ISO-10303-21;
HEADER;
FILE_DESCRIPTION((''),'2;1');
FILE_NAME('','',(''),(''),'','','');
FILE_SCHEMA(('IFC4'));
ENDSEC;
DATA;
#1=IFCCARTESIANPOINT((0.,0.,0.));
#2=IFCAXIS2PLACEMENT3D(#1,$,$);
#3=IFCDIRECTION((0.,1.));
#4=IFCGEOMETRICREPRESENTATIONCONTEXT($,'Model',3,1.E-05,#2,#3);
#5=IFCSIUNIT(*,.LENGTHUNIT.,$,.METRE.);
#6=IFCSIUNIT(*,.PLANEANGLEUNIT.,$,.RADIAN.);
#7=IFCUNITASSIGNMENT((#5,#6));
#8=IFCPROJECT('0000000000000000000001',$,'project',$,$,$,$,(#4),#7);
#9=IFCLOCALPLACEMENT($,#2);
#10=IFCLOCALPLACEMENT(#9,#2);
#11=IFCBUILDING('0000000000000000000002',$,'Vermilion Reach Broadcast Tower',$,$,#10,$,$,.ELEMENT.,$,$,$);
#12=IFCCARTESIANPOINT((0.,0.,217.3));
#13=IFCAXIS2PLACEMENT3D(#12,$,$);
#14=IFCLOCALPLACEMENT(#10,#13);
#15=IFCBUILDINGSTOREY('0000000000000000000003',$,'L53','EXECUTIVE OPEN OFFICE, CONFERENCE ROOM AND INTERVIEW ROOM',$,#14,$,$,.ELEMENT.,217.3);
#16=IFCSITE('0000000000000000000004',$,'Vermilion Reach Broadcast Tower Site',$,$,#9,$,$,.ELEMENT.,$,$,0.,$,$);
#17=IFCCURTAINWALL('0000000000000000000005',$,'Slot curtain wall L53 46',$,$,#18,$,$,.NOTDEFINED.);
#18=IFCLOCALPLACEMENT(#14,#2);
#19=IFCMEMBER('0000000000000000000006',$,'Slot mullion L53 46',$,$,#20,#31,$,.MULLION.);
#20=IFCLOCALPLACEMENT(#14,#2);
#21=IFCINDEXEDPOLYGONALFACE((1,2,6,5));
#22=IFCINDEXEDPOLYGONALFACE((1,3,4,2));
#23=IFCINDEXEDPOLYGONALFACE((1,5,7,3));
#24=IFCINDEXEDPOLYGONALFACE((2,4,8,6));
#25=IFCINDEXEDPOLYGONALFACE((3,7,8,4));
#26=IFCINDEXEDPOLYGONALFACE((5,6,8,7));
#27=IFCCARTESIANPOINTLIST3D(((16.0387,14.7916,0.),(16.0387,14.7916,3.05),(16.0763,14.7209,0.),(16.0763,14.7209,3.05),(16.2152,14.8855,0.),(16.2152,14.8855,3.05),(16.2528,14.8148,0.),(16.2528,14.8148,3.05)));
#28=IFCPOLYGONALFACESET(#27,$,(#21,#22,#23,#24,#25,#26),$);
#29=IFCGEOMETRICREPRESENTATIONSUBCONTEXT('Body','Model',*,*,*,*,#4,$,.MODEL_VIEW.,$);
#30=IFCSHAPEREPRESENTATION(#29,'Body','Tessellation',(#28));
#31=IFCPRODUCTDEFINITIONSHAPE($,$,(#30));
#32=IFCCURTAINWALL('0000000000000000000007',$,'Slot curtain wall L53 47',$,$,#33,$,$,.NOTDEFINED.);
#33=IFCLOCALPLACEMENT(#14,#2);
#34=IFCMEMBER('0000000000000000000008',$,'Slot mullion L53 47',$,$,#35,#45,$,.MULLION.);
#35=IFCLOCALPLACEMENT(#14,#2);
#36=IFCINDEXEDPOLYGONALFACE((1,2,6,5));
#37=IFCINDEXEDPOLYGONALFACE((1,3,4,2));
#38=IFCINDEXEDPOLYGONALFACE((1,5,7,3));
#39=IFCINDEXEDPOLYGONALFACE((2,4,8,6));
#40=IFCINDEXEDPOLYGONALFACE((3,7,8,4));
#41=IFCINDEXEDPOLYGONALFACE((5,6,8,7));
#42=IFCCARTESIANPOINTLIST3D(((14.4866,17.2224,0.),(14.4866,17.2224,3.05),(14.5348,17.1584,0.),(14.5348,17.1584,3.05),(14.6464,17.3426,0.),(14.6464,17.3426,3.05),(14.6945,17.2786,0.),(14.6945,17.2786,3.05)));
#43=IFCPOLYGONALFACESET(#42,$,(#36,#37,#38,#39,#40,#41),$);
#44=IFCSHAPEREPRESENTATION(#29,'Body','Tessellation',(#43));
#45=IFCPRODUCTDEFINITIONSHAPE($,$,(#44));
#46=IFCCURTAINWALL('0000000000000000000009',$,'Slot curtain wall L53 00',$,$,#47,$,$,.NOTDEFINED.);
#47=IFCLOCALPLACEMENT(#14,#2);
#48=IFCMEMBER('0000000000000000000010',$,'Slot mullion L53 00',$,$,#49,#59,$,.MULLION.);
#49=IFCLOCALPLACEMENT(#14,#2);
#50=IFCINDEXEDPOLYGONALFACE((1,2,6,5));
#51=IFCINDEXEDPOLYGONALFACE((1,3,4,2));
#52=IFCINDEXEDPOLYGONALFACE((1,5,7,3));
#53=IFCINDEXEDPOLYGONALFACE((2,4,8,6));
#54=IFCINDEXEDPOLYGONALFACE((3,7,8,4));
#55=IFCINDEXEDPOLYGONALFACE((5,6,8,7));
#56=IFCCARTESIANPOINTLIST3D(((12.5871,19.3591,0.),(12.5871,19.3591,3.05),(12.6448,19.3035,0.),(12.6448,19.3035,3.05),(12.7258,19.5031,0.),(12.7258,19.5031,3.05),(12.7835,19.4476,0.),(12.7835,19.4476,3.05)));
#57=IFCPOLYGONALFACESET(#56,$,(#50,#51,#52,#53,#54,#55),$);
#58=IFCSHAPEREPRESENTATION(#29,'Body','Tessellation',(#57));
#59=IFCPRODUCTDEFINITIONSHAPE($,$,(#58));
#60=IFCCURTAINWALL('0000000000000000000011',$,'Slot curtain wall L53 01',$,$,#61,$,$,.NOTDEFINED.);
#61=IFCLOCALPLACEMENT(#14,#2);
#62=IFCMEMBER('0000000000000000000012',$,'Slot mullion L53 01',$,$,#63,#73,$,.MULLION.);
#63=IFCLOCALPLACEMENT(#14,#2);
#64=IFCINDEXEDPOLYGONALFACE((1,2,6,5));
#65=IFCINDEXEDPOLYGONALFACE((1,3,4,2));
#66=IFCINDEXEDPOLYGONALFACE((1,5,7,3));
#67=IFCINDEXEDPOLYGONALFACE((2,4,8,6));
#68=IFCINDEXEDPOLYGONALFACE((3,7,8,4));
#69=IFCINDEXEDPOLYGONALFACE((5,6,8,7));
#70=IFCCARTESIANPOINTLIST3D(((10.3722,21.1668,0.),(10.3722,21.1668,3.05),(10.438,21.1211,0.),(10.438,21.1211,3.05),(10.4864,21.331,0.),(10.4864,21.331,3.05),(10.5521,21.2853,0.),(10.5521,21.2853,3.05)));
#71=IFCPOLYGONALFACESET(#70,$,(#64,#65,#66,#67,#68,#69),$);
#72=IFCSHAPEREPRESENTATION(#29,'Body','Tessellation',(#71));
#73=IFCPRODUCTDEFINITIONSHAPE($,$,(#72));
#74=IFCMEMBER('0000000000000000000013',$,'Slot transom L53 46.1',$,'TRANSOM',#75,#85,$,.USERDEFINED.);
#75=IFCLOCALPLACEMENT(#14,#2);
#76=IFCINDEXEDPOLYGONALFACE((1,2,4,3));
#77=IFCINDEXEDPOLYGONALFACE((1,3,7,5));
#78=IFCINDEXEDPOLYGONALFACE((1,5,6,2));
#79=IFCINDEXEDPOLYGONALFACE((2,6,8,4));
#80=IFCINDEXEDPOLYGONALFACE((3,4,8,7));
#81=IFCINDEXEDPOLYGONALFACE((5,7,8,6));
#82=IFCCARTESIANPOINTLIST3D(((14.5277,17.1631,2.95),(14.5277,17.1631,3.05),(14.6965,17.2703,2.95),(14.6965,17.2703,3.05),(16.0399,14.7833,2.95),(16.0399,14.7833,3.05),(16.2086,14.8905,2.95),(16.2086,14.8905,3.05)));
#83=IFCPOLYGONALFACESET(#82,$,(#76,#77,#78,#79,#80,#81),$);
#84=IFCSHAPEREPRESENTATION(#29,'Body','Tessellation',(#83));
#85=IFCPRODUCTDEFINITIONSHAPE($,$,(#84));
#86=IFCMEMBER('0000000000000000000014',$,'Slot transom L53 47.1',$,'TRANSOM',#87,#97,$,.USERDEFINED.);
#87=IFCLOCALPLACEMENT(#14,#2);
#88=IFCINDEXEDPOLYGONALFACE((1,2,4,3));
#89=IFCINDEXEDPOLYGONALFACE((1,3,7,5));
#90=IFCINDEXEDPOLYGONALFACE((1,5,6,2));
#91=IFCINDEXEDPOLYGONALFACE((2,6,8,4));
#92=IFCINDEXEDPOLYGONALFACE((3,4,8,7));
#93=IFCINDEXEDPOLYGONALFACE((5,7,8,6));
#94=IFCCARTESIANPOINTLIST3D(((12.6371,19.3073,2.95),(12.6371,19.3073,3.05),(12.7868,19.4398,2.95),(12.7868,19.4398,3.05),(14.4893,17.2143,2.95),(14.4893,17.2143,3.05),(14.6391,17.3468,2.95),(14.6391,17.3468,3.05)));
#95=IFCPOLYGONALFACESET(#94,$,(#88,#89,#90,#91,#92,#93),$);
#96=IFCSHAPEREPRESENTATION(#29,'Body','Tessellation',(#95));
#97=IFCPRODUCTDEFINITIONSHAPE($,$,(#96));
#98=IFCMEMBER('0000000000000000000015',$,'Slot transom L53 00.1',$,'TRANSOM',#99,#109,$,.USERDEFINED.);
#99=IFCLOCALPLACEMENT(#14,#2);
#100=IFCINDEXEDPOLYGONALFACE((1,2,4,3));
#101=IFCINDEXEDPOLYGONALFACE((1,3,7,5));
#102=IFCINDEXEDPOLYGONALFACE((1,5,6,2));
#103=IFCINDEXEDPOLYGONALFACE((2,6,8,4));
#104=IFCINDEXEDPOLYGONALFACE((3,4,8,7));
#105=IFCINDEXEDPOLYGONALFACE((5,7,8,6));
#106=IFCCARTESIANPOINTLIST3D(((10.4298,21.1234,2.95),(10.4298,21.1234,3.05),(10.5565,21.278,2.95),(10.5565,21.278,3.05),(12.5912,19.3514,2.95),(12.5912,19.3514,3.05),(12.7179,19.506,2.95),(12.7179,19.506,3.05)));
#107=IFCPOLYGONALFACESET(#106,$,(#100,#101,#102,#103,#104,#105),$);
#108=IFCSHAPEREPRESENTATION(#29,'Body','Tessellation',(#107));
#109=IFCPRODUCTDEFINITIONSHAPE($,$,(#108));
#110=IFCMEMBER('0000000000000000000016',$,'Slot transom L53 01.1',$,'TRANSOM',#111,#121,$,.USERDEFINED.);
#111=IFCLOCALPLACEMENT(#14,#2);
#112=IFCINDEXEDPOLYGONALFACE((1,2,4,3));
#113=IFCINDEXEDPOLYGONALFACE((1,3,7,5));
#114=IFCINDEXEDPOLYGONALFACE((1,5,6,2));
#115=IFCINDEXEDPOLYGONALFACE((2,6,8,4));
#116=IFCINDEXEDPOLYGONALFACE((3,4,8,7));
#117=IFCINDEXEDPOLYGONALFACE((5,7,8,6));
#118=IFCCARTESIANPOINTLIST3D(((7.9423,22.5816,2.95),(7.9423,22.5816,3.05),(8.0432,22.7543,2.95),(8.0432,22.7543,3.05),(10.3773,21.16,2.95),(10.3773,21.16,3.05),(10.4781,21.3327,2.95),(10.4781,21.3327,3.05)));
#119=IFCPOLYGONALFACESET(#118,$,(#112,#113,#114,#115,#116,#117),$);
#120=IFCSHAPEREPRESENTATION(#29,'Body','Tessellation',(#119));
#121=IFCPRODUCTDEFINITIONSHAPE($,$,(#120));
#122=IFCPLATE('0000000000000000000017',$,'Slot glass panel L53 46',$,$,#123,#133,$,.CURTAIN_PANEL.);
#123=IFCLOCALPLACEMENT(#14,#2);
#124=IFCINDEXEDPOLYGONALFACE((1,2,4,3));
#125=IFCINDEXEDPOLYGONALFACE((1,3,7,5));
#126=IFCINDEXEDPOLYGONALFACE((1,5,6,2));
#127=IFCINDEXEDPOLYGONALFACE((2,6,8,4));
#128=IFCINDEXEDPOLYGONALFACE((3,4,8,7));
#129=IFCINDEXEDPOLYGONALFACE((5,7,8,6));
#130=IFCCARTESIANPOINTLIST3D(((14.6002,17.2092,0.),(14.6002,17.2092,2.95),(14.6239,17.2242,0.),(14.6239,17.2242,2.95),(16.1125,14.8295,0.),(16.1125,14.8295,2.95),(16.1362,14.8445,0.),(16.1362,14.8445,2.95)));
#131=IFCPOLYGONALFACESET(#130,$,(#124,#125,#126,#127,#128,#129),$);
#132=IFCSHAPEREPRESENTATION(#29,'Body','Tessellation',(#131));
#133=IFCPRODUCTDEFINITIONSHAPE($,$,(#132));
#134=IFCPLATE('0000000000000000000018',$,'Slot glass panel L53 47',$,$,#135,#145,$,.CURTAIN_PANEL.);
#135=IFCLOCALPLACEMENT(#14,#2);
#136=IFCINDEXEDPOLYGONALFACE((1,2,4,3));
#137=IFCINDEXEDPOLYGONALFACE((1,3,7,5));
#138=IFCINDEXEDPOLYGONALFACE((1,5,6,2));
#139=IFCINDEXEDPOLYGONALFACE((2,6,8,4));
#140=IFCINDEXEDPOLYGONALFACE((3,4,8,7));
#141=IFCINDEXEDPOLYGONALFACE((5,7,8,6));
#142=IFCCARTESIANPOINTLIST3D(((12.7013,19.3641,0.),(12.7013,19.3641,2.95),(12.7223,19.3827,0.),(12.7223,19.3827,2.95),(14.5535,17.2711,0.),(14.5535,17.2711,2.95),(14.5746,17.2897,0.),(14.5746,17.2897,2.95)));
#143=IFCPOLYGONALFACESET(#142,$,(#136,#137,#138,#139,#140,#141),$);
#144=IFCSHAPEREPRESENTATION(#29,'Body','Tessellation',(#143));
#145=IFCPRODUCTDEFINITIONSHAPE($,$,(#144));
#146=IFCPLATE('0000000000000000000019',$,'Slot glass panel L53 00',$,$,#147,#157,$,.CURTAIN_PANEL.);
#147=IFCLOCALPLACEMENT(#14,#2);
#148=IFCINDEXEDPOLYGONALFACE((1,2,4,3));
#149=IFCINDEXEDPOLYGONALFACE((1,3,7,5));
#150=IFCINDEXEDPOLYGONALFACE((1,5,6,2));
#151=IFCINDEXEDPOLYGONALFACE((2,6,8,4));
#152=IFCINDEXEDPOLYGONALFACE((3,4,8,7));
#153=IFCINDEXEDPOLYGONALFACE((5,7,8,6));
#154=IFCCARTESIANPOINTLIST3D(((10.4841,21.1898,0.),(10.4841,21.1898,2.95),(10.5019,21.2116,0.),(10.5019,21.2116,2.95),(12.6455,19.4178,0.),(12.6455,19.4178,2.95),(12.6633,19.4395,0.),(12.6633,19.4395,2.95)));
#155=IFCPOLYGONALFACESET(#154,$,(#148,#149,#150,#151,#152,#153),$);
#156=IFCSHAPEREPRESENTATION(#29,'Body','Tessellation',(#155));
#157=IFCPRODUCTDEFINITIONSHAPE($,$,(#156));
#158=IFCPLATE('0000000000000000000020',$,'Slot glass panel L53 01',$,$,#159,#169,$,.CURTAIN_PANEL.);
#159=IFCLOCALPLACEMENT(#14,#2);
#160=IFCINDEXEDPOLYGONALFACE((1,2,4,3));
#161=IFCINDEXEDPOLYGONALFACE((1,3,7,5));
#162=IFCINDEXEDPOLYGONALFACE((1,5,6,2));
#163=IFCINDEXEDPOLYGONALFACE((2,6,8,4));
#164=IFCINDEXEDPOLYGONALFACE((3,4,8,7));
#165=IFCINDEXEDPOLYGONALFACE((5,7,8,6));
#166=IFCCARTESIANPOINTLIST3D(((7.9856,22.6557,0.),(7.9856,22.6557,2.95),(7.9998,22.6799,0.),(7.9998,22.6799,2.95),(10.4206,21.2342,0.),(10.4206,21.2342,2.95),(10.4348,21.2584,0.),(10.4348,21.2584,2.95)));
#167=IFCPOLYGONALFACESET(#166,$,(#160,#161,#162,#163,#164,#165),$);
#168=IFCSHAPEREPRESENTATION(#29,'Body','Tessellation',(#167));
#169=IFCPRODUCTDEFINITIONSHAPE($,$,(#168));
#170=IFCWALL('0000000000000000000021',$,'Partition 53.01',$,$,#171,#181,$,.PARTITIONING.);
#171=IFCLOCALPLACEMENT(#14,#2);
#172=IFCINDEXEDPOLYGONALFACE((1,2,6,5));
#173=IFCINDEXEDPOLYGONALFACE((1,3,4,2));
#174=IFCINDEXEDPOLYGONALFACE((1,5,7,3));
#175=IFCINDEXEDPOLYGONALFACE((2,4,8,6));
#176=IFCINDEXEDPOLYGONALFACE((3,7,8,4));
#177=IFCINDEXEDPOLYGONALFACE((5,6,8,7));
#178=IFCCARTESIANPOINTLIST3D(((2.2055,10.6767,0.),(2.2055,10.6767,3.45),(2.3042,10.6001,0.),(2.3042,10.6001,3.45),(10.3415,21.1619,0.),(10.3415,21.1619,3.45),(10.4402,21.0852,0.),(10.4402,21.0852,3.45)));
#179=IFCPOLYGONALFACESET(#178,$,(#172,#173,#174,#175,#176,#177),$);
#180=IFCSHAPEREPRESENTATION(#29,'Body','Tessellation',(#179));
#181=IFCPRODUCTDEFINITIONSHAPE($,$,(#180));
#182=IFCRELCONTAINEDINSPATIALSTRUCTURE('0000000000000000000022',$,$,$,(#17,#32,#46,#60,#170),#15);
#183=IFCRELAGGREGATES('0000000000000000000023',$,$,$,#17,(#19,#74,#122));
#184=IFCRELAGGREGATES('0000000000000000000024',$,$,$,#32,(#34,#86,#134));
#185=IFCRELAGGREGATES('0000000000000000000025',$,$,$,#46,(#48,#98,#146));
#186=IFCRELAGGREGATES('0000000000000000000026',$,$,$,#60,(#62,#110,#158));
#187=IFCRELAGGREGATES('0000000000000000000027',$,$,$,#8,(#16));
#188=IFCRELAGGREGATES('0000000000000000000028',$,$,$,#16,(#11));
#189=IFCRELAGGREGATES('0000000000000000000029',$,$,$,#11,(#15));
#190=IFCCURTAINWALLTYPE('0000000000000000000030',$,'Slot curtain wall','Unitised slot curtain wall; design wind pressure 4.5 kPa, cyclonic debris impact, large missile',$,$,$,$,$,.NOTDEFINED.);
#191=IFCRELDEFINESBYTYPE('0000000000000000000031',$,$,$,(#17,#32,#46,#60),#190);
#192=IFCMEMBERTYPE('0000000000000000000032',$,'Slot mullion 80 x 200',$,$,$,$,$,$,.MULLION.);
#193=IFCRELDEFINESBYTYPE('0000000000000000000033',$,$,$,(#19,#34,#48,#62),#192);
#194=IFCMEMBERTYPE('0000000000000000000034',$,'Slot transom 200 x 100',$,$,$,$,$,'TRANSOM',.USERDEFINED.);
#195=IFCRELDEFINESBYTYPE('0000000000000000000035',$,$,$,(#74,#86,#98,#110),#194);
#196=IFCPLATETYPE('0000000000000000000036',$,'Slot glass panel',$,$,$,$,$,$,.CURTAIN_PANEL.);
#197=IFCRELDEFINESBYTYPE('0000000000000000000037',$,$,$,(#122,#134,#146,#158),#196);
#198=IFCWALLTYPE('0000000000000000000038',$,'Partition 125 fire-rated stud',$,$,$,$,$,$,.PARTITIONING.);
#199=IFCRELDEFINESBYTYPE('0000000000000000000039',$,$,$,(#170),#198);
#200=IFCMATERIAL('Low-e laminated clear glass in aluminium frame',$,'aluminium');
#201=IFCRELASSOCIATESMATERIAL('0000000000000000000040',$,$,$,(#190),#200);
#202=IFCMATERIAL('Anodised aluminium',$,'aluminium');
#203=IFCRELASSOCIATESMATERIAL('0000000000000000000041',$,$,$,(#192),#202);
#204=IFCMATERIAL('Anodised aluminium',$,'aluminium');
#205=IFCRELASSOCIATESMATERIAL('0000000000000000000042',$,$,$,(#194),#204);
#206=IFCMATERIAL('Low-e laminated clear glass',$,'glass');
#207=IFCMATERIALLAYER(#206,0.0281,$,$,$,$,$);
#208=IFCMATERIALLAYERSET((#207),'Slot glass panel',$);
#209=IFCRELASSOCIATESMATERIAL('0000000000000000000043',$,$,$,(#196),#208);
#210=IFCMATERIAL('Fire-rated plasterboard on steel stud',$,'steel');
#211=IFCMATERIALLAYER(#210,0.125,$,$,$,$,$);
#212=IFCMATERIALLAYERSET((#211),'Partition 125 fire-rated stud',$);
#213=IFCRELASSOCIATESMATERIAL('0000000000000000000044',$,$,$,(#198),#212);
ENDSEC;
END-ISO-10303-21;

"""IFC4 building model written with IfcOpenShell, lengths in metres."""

from ifc_helpers import new_model, si_unit, direction, frame, frame_2d, origin, origin_2d, place, context, subcontext, project, spatial, rectangle, extrude, material, layer, layer_set, material_profile, profile_set, type_object, element, aggregate, save


model = new_model("IFC4")

# Units and contexts
model_context = context("Model", 3, precision=1e-05, world=origin(), true_north=direction((0.0, 1.0)))
body_context = subcontext(model_context, "Body", "Model", "MODEL_VIEW")
ifc_project = project(units=[si_unit("LENGTHUNIT", "METRE"), si_unit("PLANEANGLEUNIT", "RADIAN")], contexts=[model_context])

# Site, building, storey
site_placement = place(None, origin())
site = spatial("IfcSite", under=ifc_project, at=site_placement, Name="Vermilion Reach Broadcast Tower Site", CompositionType="ELEMENT", RefElevation=0.0)
building_placement = place(site_placement, origin())
building = spatial("IfcBuilding", under=site, at=building_placement, Name="Vermilion Reach Broadcast Tower", CompositionType="ELEMENT")
storey_placement = place(building_placement, frame((0.0, 0.0, 217.3)))
storey = spatial("IfcBuildingStorey", under=building, at=storey_placement, Name="L53", Description="EXECUTIVE OPEN OFFICE, CONFERENCE ROOM AND INTERVIEW ROOM", CompositionType="ELEMENT", Elevation=217.3)

# Curtain walls, members
ifc_material_1 = material(Name="Low-e laminated clear glass in aluminium frame", Category="aluminium")
curtain_wall_type = type_object("IfcCurtainWallType", Name="Slot curtain wall", Description="Unitised slot curtain wall; design wind pressure 4.5 kPa, cyclonic debris impact, large missile", PredefinedType="NOTDEFINED", material=ifc_material_1)
placement = place(storey_placement, origin())
curtain_wall_1 = element("IfcCurtainWall", 1, at=placement, inside=storey, type_object=curtain_wall_type, Name="Slot curtain wall L53 46", PredefinedType="NOTDEFINED")
ifc_material_2 = material(Name="Anodised aluminium", Category="aluminium")
ifc_material_profile_1 = material_profile(ifc_material_2, rectangle(XDim=0.2, YDim=0.0801, at=origin_2d()), Name="Slot mullion 80 x 200")
ifc_profile_set_1 = profile_set([ifc_material_profile_1], Name="Anodised aluminium")
member_type_1 = type_object("IfcMemberType", Name="Slot mullion 80 x 200", PredefinedType="MULLION", material=ifc_profile_set_1)
member_1_placement = place(storey_placement, frame((16.1458, 14.8032, 0.0), z_axis=(0.0, 0.0, 1.0), x_axis=(-0.882894, -0.469572, 0.0)))
member_1 = element("IfcMember", 2, at=member_1_placement, type_object=member_type_1, Name="Slot mullion L53 46", PredefinedType="MULLION", context=body_context, shape_type="SweptSolid", body=[
    extrude(rectangle(XDim=0.2, YDim=0.0801, at=origin_2d()), origin(), (0.0, 0.0, 1.0), 3.05),
])
curtain_wall_2 = element("IfcCurtainWall", 3, at=placement, inside=storey, type_object=curtain_wall_type, Name="Slot curtain wall L53 47", PredefinedType="NOTDEFINED")
member_2_placement = place(storey_placement, frame((14.5906, 17.2505, 0.0), z_axis=(0.0, 0.0, 1.0), x_axis=(-0.798939, -0.601412, 0.0)))
member_2 = element("IfcMember", 4, at=member_2_placement, type_object=member_type_1, Name="Slot mullion L53 47", PredefinedType="MULLION", context=body_context, shape_type="SweptSolid", body=[
    extrude(rectangle(XDim=0.2, YDim=0.0801, at=origin_2d()), origin(), (0.0, 0.0, 1.0), 3.05),
])
curtain_wall_3 = element("IfcCurtainWall", 5, at=placement, inside=storey, type_object=curtain_wall_type, Name="Slot curtain wall L53 00", PredefinedType="NOTDEFINED")
member_3_placement = place(storey_placement, frame((12.6853, 19.4033, 0.0), z_axis=(0.0, 0.0, 1.0), x_axis=(-0.693653, -0.720309, 0.0)))
member_3 = element("IfcMember", 6, at=member_3_placement, type_object=member_type_1, Name="Slot mullion L53 00", PredefinedType="MULLION", context=body_context, shape_type="SweptSolid", body=[
    extrude(rectangle(XDim=0.2, YDim=0.0801, at=origin_2d()), origin(), (0.0, 0.0, 1.0), 3.05),
])
curtain_wall_4 = element("IfcCurtainWall", 7, at=placement, inside=storey, type_object=curtain_wall_type, Name="Slot curtain wall L53 01", PredefinedType="NOTDEFINED")
member_4_placement = place(storey_placement, frame((10.4622, 21.2261, 0.0), z_axis=(0.0, 0.0, 1.0), x_axis=(-0.570873, -0.821039, 0.0)))
member_4 = element("IfcMember", 8, at=member_4_placement, type_object=member_type_1, Name="Slot mullion L53 01", PredefinedType="MULLION", context=body_context, shape_type="SweptSolid", body=[
    extrude(rectangle(XDim=0.2, YDim=0.0801, at=origin_2d()), origin(), (0.0, 0.0, 1.0), 3.05),
])

# Members
ifc_material_3 = material(Name="Anodised aluminium", Category="aluminium")
ifc_material_profile_2 = material_profile(ifc_material_3, rectangle(XDim=0.2, YDim=0.1001, at=origin_2d()), Name="Slot transom 200 x 100")
ifc_profile_set_2 = profile_set([ifc_material_profile_2], Name="Anodised aluminium")
member_type_2 = type_object("IfcMemberType", Name="Slot transom 200 x 100", ElementType="TRANSOM", PredefinedType="USERDEFINED", material=ifc_profile_set_2)
member_5_placement = place(storey_placement, frame((16.1243, 14.8369, 3.0), z_axis=(-0.536304, 0.844025, 0.0), x_axis=(-0.844025, -0.536304, 0.0)))
member_5 = element("IfcMember", 9, at=member_5_placement, type_object=member_type_2, Name="Slot transom L53 46.1", ObjectType="TRANSOM", PredefinedType="USERDEFINED", context=body_context, shape_type="SweptSolid", body=[
    extrude(rectangle(XDim=0.2, YDim=0.1001, at=origin_2d()), origin(), (0.0, 0.0, 1.0), 2.8196),
])
member_6_placement = place(storey_placement, frame((14.5642, 17.2805, 3.0), z_axis=(-0.66273, 0.748858, 0.0), x_axis=(-0.748858, -0.66273, 0.0)))
member_6 = element("IfcMember", 10, at=member_6_placement, type_object=member_type_2, Name="Slot transom L53 47.1", ObjectType="TRANSOM", PredefinedType="USERDEFINED", context=body_context, shape_type="SweptSolid", body=[
    extrude(rectangle(XDim=0.2, YDim=0.1001, at=origin_2d()), origin(), (0.0, 0.0, 1.0), 2.7949),
])
member_7_placement = place(storey_placement, frame((12.6545, 19.4287, 3.0), z_axis=(-0.77333, 0.634003, 0.0), x_axis=(-0.634003, -0.77333, 0.0)))
member_7 = element("IfcMember", 11, at=member_7_placement, type_object=member_type_2, Name="Slot transom L53 00.1", ObjectType="TRANSOM", PredefinedType="USERDEFINED", context=body_context, shape_type="SweptSolid", body=[
    extrude(rectangle(XDim=0.2, YDim=0.1001, at=origin_2d()), origin(), (0.0, 0.0, 1.0), 2.7949),
])
member_8_placement = place(storey_placement, frame((10.4277, 21.2463, 3.0), z_axis=(-0.863597, 0.504183, 0.0), x_axis=(-0.504183, -0.863597, 0.0)))
member_8 = element("IfcMember", 12, at=member_8_placement, type_object=member_type_2, Name="Slot transom L53 01.1", ObjectType="TRANSOM", PredefinedType="USERDEFINED", context=body_context, shape_type="SweptSolid", body=[
    extrude(rectangle(XDim=0.2, YDim=0.1001, at=origin_2d()), origin(), (0.0, 0.0, 1.0), 2.8196),
])

# Plates
ifc_material_4 = material(Name="Low-e laminated clear glass", Category="glass")
ifc_layer_1 = layer(ifc_material_4, 0.0281)
ifc_layer_set_1 = layer_set([ifc_layer_1], Name="Slot glass panel")
plate_type = type_object("IfcPlateType", Name="Slot glass panel", PredefinedType="CURTAIN_PANEL", material=ifc_layer_set_1)
plate_1_placement = place(storey_placement, frame((15.3682, 16.0269, 0.0), z_axis=(0.0, 0.0, 1.0), x_axis=(-0.536349, 0.843996, 0.0)))
plate_1 = element("IfcPlate", 13, at=plate_1_placement, type_object=plate_type, Name="Slot glass panel L53 46", PredefinedType="CURTAIN_PANEL", context=body_context, shape_type="SweptSolid", body=[
    extrude(rectangle(XDim=2.8196, YDim=0.0281, at=origin_2d()), origin(), (0.0, 0.0, 1.0), 2.95),
])
aggregate(curtain_wall_1, [member_1, member_5, plate_1])
plate_2_placement = place(storey_placement, frame((13.6379, 18.3269, 0.0), z_axis=(0.0, 0.0, 1.0), x_axis=(-0.662709, 0.748877, 0.0)))
plate_2 = element("IfcPlate", 14, at=plate_2_placement, type_object=plate_type, Name="Slot glass panel L53 47", PredefinedType="CURTAIN_PANEL", context=body_context, shape_type="SweptSolid", body=[
    extrude(rectangle(XDim=2.7949, YDim=0.0281, at=origin_2d()), origin(), (0.0, 0.0, 1.0), 2.95),
])
aggregate(curtain_wall_2, [member_2, member_6, plate_2])
plate_3_placement = place(storey_placement, frame((11.5737, 20.3147, 0.0), z_axis=(0.0, 0.0, 1.0), x_axis=(-0.773323, 0.634012, 0.0)))
plate_3 = element("IfcPlate", 15, at=plate_3_placement, type_object=plate_type, Name="Slot glass panel L53 00", PredefinedType="CURTAIN_PANEL", context=body_context, shape_type="SweptSolid", body=[
    extrude(rectangle(XDim=2.7949, YDim=0.0281, at=origin_2d()), origin(), (0.0, 0.0, 1.0), 2.95),
])
aggregate(curtain_wall_3, [member_3, member_7, plate_3])
plate_4_placement = place(storey_placement, frame((9.2102, 21.957, 0.0), z_axis=(0.0, 0.0, 1.0), x_axis=(-0.863612, 0.504158, 0.0)))
plate_4 = element("IfcPlate", 16, at=plate_4_placement, type_object=plate_type, Name="Slot glass panel L53 01", PredefinedType="CURTAIN_PANEL", context=body_context, shape_type="SweptSolid", body=[
    extrude(rectangle(XDim=2.8196, YDim=0.0281, at=origin_2d()), origin(), (0.0, 0.0, 1.0), 2.95),
])
aggregate(curtain_wall_4, [member_4, member_8, plate_4])

# Wall
ifc_material_5 = material(Name="Fire-rated plasterboard on steel stud", Category="steel")
ifc_layer_2 = layer(ifc_material_5, 0.125)
ifc_layer_set_2 = layer_set([ifc_layer_2], Name="Partition 125 fire-rated stud")
wall_type = type_object("IfcWallType", Name="Partition 125 fire-rated stud", PredefinedType="PARTITIONING", material=ifc_layer_set_2)
wall_placement = place(storey_placement, frame((10.3909, 21.1235, 0.0), z_axis=(0.0, 0.0, 1.0), x_axis=(-0.613044, -0.790049, 0.0)))
element("IfcWall", 17, at=wall_placement, inside=storey, type_object=wall_type, Name="Partition 53.01", PredefinedType="PARTITIONING", context=body_context, shape_type="SweptSolid", body=[
    extrude(rectangle(XDim=13.2715, YDim=0.125, at=frame_2d((6.6357, 0.0))), origin(), (0.0, 0.0, 1.0), 3.45),
])

save(model, "model.ifc")
